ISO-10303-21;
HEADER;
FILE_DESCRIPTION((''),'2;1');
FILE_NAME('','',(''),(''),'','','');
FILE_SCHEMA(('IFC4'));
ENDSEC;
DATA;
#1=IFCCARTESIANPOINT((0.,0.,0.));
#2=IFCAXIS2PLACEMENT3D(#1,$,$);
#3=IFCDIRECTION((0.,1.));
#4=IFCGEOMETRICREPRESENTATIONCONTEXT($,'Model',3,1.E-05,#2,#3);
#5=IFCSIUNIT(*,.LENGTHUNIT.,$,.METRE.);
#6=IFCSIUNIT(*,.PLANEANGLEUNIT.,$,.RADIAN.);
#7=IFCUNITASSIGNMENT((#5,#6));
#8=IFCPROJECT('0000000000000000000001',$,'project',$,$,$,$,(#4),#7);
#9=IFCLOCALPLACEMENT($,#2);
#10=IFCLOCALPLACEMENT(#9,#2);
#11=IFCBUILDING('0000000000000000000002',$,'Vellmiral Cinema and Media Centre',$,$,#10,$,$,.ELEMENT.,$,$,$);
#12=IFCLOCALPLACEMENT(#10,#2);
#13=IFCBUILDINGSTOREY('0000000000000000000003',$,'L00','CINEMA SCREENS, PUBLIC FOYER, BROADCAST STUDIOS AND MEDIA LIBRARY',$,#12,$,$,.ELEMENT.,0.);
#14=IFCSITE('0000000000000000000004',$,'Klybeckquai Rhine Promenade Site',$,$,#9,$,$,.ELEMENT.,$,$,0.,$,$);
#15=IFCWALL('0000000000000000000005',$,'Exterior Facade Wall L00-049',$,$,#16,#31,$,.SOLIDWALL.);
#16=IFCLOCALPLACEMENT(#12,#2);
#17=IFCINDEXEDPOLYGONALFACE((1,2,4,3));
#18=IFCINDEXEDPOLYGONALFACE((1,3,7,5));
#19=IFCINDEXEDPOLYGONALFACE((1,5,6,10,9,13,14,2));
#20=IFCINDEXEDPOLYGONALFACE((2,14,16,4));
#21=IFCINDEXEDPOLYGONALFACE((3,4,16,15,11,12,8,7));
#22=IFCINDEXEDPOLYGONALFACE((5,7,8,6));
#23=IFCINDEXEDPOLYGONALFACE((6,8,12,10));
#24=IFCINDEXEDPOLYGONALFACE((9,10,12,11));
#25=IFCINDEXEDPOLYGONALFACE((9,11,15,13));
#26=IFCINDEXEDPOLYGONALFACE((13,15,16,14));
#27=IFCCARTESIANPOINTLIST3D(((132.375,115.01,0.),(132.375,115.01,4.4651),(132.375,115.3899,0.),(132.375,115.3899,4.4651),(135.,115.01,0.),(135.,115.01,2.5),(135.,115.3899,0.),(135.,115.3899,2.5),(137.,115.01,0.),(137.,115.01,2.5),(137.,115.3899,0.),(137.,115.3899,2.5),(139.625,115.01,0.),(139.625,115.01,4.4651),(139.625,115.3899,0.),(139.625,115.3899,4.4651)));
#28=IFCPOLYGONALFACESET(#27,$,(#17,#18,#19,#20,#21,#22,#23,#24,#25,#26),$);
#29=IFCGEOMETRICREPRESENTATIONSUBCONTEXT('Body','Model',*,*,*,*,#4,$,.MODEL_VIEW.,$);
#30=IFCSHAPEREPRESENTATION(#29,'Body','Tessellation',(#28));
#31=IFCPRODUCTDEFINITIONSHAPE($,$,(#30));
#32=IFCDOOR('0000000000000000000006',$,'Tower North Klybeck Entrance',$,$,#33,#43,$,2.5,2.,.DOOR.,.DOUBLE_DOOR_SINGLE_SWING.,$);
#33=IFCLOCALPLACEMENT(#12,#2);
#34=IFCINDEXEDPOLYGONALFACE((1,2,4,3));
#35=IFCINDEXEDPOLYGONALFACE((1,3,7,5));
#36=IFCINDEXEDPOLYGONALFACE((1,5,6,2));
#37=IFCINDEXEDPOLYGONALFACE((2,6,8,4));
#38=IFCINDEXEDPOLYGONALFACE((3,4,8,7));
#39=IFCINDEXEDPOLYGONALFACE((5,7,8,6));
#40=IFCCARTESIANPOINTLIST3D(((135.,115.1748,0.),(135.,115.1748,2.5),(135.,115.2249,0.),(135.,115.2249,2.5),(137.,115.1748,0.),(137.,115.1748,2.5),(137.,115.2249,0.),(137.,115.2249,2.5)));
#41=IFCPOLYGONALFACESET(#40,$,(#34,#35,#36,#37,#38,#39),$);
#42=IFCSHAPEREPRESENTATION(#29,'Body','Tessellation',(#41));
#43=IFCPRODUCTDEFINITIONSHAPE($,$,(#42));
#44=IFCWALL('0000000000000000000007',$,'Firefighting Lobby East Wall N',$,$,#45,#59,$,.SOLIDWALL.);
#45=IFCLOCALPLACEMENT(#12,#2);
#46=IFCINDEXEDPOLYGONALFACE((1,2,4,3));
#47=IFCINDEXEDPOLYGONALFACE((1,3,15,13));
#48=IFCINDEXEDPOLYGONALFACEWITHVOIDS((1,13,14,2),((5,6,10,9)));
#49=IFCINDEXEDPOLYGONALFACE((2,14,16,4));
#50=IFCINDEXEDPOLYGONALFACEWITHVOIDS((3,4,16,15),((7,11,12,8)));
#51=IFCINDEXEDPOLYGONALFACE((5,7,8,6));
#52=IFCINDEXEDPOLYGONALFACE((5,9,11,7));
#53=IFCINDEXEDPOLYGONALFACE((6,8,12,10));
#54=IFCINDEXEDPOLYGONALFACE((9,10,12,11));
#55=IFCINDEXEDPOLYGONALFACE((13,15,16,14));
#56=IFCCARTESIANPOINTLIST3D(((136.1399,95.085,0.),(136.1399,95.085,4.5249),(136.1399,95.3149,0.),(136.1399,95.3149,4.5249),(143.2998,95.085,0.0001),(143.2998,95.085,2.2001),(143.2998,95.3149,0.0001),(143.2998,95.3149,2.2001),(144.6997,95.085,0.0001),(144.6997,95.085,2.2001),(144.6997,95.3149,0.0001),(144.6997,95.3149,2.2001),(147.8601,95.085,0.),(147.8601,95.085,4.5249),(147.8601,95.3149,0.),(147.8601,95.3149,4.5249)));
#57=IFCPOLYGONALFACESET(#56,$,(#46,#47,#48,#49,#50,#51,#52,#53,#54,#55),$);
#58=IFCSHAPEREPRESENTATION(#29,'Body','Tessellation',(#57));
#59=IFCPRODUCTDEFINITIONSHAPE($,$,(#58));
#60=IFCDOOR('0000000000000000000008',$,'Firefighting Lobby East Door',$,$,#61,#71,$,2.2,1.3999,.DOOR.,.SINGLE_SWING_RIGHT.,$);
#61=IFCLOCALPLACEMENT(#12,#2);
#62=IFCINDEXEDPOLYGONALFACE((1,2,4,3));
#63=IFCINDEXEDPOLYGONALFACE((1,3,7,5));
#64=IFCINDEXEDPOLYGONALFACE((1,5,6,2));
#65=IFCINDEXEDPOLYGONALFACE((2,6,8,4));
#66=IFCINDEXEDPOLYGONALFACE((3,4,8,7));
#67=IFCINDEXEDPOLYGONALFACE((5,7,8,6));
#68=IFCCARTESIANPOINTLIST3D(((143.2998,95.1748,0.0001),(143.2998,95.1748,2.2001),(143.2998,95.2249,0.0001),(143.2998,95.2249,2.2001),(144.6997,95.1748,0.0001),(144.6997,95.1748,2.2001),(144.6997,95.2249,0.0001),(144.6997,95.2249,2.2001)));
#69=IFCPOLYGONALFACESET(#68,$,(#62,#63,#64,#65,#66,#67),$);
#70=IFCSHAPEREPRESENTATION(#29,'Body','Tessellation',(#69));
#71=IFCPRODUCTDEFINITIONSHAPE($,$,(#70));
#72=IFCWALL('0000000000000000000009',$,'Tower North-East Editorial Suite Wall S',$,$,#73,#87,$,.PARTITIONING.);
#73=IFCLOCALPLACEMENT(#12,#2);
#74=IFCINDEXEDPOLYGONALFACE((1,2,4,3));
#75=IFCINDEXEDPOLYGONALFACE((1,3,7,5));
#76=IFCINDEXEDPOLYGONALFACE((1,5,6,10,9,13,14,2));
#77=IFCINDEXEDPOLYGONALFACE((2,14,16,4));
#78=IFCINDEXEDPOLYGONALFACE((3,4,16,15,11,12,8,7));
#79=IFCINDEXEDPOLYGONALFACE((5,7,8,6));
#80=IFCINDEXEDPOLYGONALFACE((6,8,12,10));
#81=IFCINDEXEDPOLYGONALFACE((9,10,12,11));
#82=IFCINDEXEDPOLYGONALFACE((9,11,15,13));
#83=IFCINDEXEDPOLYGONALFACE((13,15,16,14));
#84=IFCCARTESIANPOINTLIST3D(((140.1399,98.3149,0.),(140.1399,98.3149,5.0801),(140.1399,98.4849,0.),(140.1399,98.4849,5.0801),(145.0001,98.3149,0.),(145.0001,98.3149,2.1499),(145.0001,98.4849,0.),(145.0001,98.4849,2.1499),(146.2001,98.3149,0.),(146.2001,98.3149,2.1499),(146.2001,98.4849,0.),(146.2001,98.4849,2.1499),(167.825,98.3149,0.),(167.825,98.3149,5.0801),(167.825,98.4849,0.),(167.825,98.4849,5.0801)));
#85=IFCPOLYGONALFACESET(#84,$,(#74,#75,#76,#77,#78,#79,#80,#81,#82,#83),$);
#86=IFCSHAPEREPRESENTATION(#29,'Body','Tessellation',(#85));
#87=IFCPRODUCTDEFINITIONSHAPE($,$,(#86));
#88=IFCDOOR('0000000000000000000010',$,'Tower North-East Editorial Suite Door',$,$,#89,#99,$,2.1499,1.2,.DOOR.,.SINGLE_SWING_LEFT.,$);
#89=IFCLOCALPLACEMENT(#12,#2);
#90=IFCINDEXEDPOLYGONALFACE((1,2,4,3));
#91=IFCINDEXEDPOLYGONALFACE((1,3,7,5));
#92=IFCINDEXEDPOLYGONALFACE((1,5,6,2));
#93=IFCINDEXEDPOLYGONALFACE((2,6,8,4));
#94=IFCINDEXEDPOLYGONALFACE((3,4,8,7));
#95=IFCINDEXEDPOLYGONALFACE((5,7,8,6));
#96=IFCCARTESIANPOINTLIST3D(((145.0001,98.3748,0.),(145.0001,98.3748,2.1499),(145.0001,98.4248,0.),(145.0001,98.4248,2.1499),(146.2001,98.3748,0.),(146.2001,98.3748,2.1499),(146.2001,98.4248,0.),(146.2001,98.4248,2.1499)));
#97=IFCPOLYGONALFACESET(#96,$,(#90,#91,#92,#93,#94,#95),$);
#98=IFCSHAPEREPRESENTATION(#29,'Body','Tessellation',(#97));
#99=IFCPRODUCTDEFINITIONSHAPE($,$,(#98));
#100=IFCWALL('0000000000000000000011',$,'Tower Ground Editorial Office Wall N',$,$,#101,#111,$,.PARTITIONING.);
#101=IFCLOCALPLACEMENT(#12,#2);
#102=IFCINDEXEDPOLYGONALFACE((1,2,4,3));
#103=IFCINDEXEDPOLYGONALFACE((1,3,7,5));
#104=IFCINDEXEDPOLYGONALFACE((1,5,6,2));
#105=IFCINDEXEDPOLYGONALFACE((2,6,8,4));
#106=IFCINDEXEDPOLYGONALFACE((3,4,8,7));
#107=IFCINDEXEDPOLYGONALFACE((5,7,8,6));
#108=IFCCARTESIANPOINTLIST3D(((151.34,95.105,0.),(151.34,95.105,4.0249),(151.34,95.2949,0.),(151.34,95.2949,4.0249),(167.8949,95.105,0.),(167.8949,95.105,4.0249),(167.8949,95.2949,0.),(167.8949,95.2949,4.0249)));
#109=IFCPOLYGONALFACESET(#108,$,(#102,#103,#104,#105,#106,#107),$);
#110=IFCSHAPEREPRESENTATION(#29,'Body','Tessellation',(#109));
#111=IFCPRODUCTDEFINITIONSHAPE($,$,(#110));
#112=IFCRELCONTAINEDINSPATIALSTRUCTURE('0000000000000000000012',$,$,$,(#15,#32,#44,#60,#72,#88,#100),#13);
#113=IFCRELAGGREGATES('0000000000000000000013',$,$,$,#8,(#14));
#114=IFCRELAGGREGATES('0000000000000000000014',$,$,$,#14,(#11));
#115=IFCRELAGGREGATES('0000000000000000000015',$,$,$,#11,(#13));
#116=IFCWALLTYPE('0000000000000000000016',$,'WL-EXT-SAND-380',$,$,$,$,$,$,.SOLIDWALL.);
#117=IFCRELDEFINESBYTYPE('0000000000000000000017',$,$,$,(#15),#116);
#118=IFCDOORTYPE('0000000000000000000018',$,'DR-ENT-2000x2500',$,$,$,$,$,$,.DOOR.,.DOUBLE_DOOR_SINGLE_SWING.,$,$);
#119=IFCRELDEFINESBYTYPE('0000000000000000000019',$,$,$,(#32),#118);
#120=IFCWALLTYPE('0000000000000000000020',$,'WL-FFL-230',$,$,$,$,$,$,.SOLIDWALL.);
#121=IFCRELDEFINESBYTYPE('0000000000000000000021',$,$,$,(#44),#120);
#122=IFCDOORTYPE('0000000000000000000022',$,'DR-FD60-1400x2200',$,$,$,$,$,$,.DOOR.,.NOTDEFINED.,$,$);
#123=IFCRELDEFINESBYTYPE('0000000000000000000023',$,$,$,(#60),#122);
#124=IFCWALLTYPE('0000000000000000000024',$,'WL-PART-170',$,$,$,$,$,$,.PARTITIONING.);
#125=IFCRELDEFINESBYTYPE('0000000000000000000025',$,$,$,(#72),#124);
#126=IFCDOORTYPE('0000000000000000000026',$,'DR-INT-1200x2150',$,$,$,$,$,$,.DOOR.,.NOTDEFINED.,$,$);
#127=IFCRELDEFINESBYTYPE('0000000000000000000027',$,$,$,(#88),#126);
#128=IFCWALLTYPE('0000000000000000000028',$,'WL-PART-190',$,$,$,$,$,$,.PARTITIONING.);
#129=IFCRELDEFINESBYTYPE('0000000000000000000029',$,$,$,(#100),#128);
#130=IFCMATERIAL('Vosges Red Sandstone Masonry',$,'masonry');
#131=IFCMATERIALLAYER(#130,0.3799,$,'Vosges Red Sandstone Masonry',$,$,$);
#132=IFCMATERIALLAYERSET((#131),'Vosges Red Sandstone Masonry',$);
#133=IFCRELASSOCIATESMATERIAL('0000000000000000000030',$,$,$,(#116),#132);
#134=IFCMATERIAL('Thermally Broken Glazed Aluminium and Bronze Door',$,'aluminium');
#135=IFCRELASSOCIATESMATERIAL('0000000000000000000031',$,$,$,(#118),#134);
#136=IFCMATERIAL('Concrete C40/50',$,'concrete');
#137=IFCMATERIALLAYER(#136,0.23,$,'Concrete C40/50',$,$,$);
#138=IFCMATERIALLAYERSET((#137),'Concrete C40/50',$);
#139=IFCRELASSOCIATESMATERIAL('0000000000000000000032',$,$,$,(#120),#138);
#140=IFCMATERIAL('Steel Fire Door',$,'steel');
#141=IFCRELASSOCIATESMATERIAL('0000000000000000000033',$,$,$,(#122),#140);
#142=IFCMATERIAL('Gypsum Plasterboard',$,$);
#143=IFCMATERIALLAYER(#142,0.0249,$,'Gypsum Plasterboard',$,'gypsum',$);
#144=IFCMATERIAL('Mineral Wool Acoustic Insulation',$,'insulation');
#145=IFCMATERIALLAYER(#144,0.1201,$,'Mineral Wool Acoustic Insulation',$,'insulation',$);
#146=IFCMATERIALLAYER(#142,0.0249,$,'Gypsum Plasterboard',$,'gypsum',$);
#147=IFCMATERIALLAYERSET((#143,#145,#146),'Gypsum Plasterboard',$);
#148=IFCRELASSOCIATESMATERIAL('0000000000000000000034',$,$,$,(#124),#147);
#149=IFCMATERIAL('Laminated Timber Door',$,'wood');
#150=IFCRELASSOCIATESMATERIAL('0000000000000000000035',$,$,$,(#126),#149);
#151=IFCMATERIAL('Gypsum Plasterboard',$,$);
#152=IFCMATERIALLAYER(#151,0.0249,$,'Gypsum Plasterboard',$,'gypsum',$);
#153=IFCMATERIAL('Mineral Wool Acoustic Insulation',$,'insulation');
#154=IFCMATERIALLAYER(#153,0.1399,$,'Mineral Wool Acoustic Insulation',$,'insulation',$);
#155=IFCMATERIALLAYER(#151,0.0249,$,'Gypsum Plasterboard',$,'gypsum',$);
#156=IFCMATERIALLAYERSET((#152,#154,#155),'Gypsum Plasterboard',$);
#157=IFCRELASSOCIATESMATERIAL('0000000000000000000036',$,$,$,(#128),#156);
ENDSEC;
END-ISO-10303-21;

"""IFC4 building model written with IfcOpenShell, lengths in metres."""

from ifc_helpers import new_model, si_unit, direction, frame, frame_2d, origin, place, context, subcontext, project, spatial, rectangle, extrude, material, layer, layer_set, type_object, element, fill, save


model = new_model("IFC4")

# Units and contexts
model_context = context("Model", 3, precision=1e-05, world=origin(), true_north=direction((0.0, 1.0)))
body_context = subcontext(model_context, "Body", "Model", "MODEL_VIEW")
ifc_project = project(units=[si_unit("LENGTHUNIT", "METRE"), si_unit("PLANEANGLEUNIT", "RADIAN")], contexts=[model_context])

# Site, building, storey
site_placement = place(None, origin())
site = spatial("IfcSite", under=ifc_project, at=site_placement, Name="Klybeckquai Rhine Promenade Site", CompositionType="ELEMENT", RefElevation=0.0)
building_placement = place(site_placement, origin())
building = spatial("IfcBuilding", under=site, at=building_placement, Name="Vellmiral Cinema and Media Centre", CompositionType="ELEMENT")
storey_placement = place(building_placement, origin())
storey = spatial("IfcBuildingStorey", under=building, at=storey_placement, Name="L00", Description="CINEMA SCREENS, PUBLIC FOYER, BROADCAST STUDIOS AND MEDIA LIBRARY", CompositionType="ELEMENT", Elevation=0.0)

# Walls, openings, doors
ifc_material_1 = material(Name="Vosges Red Sandstone Masonry", Category="masonry")
ifc_layer_1 = layer(ifc_material_1, 0.3799, Name="Vosges Red Sandstone Masonry")
ifc_layer_set_1 = layer_set([ifc_layer_1], Name="Vosges Red Sandstone Masonry")
wall_type_1 = type_object("IfcWallType", Name="WL-EXT-SAND-380", PredefinedType="SOLIDWALL", material=ifc_layer_set_1)
wall_1_placement = place(storey_placement, frame((139.625, 115.2, 0.0), z_axis=(0.0, 0.0, 1.0), x_axis=(-1.0, 0.0, 0.0)))
wall_1 = element("IfcWall", 1, at=wall_1_placement, inside=storey, type_object=wall_type_1, Name="Exterior Facade Wall L00-049", PredefinedType="SOLIDWALL", context=body_context, shape_type="SweptSolid", body=[
    extrude(rectangle(XDim=7.25, YDim=0.3799, at=frame_2d((3.625, 0.0))), origin(), (0.0, 0.0, 1.0), 4.4651),
])
opening_1_placement = place(wall_1_placement, frame((2.625, 0.0, 0.0)))
opening_1 = element("IfcOpeningElement", 2, at=opening_1_placement, cuts=wall_1, PredefinedType="OPENING", context=body_context, shape_type="SweptSolid", body=[
    extrude(rectangle(XDim=2.0, YDim=2.5, at=frame_2d((1.0, 1.25))), frame((0.0, 0.2019, 0.0), z_axis=(0.0, -1.0, 0.0), x_axis=(1.0, 0.0, 0.0)), (0.0, 0.0, 1.0), 0.4038),
])
ifc_material_2 = material(Name="Thermally Broken Glazed Aluminium and Bronze Door", Category="aluminium")
door_type_1 = type_object("IfcDoorType", Name="DR-ENT-2000x2500", OperationType="DOUBLE_DOOR_SINGLE_SWING", PredefinedType="DOOR", material=ifc_material_2)
door_1_placement = place(opening_1_placement, frame((2.0, 0.0, 0.0), z_axis=(0.0, 0.0, 1.0), x_axis=(-1.0, 0.0, 0.0)))
door_1 = element("IfcDoor", 3, at=door_1_placement, inside=storey, type_object=door_type_1, Name="Tower North Klybeck Entrance", OperationType="DOUBLE_DOOR_SINGLE_SWING", OverallHeight=2.5, OverallWidth=2.0, PredefinedType="DOOR", context=body_context, shape_type="SweptSolid", body=[
    extrude(rectangle(XDim=2.0, YDim=2.5, at=frame_2d((1.0, 1.25))), frame((0.0, 0.0249, 0.0), z_axis=(0.0, -1.0, 0.0), x_axis=(1.0, 0.0, 0.0)), (0.0, 0.0, 1.0), 0.05),
])
fill(opening_1, door_1)
ifc_material_3 = material(Name="Concrete C40/50", Category="concrete")
ifc_layer_2 = layer(ifc_material_3, 0.23, Name="Concrete C40/50")
ifc_layer_set_2 = layer_set([ifc_layer_2], Name="Concrete C40/50")
wall_type_2 = type_object("IfcWallType", Name="WL-FFL-230", PredefinedType="SOLIDWALL", material=ifc_layer_set_2)
wall_2_placement = place(storey_placement, frame((136.1399, 95.2, 0.0), z_axis=(0.0, 0.0, 1.0), x_axis=(1.0, 0.0, 0.0)))
wall_2 = element("IfcWall", 4, at=wall_2_placement, inside=storey, type_object=wall_type_2, Name="Firefighting Lobby East Wall N", PredefinedType="SOLIDWALL", context=body_context, shape_type="SweptSolid", body=[
    extrude(rectangle(XDim=11.7202, YDim=0.23, at=frame_2d((5.8601, 0.0))), origin(), (0.0, 0.0, 1.0), 4.5249),
])
opening_2_placement = place(wall_2_placement, frame((7.1599, 0.0, 0.0)))
opening_2 = element("IfcOpeningElement", 5, at=opening_2_placement, cuts=wall_2, PredefinedType="OPENING", context=body_context, shape_type="SweptSolid", body=[
    extrude(rectangle(XDim=1.3999, YDim=2.2, at=frame_2d((0.7, 1.1001))), frame((0.0, 0.127, 0.0), z_axis=(0.0, -1.0, 0.0), x_axis=(1.0, 0.0, 0.0)), (0.0, 0.0, 1.0), 0.2539),
])
ifc_material_4 = material(Name="Steel Fire Door", Category="steel")
door_type_2 = type_object("IfcDoorType", Name="DR-FD60-1400x2200", OperationType="NOTDEFINED", PredefinedType="DOOR", material=ifc_material_4)
door_2_placement = place(opening_2_placement, origin())
door_2 = element("IfcDoor", 6, at=door_2_placement, inside=storey, type_object=door_type_2, Name="Firefighting Lobby East Door", OperationType="SINGLE_SWING_RIGHT", OverallHeight=2.2, OverallWidth=1.3999, PredefinedType="DOOR", context=body_context, shape_type="SweptSolid", body=[
    extrude(rectangle(XDim=1.3999, YDim=2.2, at=frame_2d((0.7, 1.1001))), frame((0.0, 0.0249, 0.0), z_axis=(0.0, -1.0, 0.0), x_axis=(1.0, 0.0, 0.0)), (0.0, 0.0, 1.0), 0.05),
])
fill(opening_2, door_2)
ifc_material_5 = material(Name="Gypsum Plasterboard")
ifc_layer_3 = layer(ifc_material_5, 0.0249, Name="Gypsum Plasterboard", Category="gypsum")
ifc_material_6 = material(Name="Mineral Wool Acoustic Insulation", Category="insulation")
ifc_layer_4 = layer(ifc_material_6, 0.1201, Name="Mineral Wool Acoustic Insulation", Category="insulation")
ifc_layer_5 = layer(ifc_material_5, 0.0249, Name="Gypsum Plasterboard", Category="gypsum")
ifc_layer_set_3 = layer_set([ifc_layer_3, ifc_layer_4, ifc_layer_5], Name="Gypsum Plasterboard")
wall_type_3 = type_object("IfcWallType", Name="WL-PART-170", PredefinedType="PARTITIONING", material=ifc_layer_set_3)
wall_3_placement = place(storey_placement, frame((140.1399, 98.3999, 0.0), z_axis=(0.0, 0.0, 1.0), x_axis=(1.0, 0.0, 0.0)))
wall_3 = element("IfcWall", 7, at=wall_3_placement, inside=storey, type_object=wall_type_3, Name="Tower North-East Editorial Suite Wall S", PredefinedType="PARTITIONING", context=body_context, shape_type="SweptSolid", body=[
    extrude(rectangle(XDim=27.6851, YDim=0.1699, at=frame_2d((13.8425, 0.0))), origin(), (0.0, 0.0, 1.0), 5.0801),
])
opening_3_placement = place(wall_3_placement, frame((4.8601, 0.0, 0.0)))
opening_3 = element("IfcOpeningElement", 8, at=opening_3_placement, cuts=wall_3, PredefinedType="OPENING", context=body_context, shape_type="SweptSolid", body=[
    extrude(rectangle(XDim=1.2, YDim=2.1499, at=frame_2d((0.6001, 1.075))), frame((0.0, 0.0969, 0.0), z_axis=(0.0, -1.0, 0.0), x_axis=(1.0, 0.0, 0.0)), (0.0, 0.0, 1.0), 0.1938),
])
ifc_material_7 = material(Name="Laminated Timber Door", Category="wood")
door_type_3 = type_object("IfcDoorType", Name="DR-INT-1200x2150", OperationType="NOTDEFINED", PredefinedType="DOOR", material=ifc_material_7)
door_3_placement = place(opening_3_placement, origin())
door_3 = element("IfcDoor", 9, at=door_3_placement, inside=storey, type_object=door_type_3, Name="Tower North-East Editorial Suite Door", OperationType="SINGLE_SWING_LEFT", OverallHeight=2.1499, OverallWidth=1.2, PredefinedType="DOOR", context=body_context, shape_type="SweptSolid", body=[
    extrude(rectangle(XDim=1.2, YDim=2.1499, at=frame_2d((0.6001, 1.075))), frame((0.0, 0.0249, 0.0), z_axis=(0.0, -1.0, 0.0), x_axis=(1.0, 0.0, 0.0)), (0.0, 0.0, 1.0), 0.05),
])
fill(opening_3, door_3)

# Wall
ifc_material_8 = material(Name="Gypsum Plasterboard")
ifc_layer_6 = layer(ifc_material_8, 0.0249, Name="Gypsum Plasterboard", Category="gypsum")
ifc_material_9 = material(Name="Mineral Wool Acoustic Insulation", Category="insulation")
ifc_layer_7 = layer(ifc_material_9, 0.1399, Name="Mineral Wool Acoustic Insulation", Category="insulation")
ifc_layer_8 = layer(ifc_material_8, 0.0249, Name="Gypsum Plasterboard", Category="gypsum")
ifc_layer_set_4 = layer_set([ifc_layer_6, ifc_layer_7, ifc_layer_8], Name="Gypsum Plasterboard")
wall_type_4 = type_object("IfcWallType", Name="WL-PART-190", PredefinedType="PARTITIONING", material=ifc_layer_set_4)
wall_4_placement = place(storey_placement, frame((151.3401, 95.2, 0.0), z_axis=(0.0, 0.0, 1.0), x_axis=(1.0, 0.0, 0.0)))
element("IfcWall", 10, at=wall_4_placement, inside=storey, type_object=wall_type_4, Name="Tower Ground Editorial Office Wall N", PredefinedType="PARTITIONING", context=body_context, shape_type="SweptSolid", body=[
    extrude(rectangle(XDim=16.5549, YDim=0.1899, at=frame_2d((8.2773, 0.0))), origin(), (0.0, 0.0, 1.0), 4.0249),
])

save(model, "model.ifc")
